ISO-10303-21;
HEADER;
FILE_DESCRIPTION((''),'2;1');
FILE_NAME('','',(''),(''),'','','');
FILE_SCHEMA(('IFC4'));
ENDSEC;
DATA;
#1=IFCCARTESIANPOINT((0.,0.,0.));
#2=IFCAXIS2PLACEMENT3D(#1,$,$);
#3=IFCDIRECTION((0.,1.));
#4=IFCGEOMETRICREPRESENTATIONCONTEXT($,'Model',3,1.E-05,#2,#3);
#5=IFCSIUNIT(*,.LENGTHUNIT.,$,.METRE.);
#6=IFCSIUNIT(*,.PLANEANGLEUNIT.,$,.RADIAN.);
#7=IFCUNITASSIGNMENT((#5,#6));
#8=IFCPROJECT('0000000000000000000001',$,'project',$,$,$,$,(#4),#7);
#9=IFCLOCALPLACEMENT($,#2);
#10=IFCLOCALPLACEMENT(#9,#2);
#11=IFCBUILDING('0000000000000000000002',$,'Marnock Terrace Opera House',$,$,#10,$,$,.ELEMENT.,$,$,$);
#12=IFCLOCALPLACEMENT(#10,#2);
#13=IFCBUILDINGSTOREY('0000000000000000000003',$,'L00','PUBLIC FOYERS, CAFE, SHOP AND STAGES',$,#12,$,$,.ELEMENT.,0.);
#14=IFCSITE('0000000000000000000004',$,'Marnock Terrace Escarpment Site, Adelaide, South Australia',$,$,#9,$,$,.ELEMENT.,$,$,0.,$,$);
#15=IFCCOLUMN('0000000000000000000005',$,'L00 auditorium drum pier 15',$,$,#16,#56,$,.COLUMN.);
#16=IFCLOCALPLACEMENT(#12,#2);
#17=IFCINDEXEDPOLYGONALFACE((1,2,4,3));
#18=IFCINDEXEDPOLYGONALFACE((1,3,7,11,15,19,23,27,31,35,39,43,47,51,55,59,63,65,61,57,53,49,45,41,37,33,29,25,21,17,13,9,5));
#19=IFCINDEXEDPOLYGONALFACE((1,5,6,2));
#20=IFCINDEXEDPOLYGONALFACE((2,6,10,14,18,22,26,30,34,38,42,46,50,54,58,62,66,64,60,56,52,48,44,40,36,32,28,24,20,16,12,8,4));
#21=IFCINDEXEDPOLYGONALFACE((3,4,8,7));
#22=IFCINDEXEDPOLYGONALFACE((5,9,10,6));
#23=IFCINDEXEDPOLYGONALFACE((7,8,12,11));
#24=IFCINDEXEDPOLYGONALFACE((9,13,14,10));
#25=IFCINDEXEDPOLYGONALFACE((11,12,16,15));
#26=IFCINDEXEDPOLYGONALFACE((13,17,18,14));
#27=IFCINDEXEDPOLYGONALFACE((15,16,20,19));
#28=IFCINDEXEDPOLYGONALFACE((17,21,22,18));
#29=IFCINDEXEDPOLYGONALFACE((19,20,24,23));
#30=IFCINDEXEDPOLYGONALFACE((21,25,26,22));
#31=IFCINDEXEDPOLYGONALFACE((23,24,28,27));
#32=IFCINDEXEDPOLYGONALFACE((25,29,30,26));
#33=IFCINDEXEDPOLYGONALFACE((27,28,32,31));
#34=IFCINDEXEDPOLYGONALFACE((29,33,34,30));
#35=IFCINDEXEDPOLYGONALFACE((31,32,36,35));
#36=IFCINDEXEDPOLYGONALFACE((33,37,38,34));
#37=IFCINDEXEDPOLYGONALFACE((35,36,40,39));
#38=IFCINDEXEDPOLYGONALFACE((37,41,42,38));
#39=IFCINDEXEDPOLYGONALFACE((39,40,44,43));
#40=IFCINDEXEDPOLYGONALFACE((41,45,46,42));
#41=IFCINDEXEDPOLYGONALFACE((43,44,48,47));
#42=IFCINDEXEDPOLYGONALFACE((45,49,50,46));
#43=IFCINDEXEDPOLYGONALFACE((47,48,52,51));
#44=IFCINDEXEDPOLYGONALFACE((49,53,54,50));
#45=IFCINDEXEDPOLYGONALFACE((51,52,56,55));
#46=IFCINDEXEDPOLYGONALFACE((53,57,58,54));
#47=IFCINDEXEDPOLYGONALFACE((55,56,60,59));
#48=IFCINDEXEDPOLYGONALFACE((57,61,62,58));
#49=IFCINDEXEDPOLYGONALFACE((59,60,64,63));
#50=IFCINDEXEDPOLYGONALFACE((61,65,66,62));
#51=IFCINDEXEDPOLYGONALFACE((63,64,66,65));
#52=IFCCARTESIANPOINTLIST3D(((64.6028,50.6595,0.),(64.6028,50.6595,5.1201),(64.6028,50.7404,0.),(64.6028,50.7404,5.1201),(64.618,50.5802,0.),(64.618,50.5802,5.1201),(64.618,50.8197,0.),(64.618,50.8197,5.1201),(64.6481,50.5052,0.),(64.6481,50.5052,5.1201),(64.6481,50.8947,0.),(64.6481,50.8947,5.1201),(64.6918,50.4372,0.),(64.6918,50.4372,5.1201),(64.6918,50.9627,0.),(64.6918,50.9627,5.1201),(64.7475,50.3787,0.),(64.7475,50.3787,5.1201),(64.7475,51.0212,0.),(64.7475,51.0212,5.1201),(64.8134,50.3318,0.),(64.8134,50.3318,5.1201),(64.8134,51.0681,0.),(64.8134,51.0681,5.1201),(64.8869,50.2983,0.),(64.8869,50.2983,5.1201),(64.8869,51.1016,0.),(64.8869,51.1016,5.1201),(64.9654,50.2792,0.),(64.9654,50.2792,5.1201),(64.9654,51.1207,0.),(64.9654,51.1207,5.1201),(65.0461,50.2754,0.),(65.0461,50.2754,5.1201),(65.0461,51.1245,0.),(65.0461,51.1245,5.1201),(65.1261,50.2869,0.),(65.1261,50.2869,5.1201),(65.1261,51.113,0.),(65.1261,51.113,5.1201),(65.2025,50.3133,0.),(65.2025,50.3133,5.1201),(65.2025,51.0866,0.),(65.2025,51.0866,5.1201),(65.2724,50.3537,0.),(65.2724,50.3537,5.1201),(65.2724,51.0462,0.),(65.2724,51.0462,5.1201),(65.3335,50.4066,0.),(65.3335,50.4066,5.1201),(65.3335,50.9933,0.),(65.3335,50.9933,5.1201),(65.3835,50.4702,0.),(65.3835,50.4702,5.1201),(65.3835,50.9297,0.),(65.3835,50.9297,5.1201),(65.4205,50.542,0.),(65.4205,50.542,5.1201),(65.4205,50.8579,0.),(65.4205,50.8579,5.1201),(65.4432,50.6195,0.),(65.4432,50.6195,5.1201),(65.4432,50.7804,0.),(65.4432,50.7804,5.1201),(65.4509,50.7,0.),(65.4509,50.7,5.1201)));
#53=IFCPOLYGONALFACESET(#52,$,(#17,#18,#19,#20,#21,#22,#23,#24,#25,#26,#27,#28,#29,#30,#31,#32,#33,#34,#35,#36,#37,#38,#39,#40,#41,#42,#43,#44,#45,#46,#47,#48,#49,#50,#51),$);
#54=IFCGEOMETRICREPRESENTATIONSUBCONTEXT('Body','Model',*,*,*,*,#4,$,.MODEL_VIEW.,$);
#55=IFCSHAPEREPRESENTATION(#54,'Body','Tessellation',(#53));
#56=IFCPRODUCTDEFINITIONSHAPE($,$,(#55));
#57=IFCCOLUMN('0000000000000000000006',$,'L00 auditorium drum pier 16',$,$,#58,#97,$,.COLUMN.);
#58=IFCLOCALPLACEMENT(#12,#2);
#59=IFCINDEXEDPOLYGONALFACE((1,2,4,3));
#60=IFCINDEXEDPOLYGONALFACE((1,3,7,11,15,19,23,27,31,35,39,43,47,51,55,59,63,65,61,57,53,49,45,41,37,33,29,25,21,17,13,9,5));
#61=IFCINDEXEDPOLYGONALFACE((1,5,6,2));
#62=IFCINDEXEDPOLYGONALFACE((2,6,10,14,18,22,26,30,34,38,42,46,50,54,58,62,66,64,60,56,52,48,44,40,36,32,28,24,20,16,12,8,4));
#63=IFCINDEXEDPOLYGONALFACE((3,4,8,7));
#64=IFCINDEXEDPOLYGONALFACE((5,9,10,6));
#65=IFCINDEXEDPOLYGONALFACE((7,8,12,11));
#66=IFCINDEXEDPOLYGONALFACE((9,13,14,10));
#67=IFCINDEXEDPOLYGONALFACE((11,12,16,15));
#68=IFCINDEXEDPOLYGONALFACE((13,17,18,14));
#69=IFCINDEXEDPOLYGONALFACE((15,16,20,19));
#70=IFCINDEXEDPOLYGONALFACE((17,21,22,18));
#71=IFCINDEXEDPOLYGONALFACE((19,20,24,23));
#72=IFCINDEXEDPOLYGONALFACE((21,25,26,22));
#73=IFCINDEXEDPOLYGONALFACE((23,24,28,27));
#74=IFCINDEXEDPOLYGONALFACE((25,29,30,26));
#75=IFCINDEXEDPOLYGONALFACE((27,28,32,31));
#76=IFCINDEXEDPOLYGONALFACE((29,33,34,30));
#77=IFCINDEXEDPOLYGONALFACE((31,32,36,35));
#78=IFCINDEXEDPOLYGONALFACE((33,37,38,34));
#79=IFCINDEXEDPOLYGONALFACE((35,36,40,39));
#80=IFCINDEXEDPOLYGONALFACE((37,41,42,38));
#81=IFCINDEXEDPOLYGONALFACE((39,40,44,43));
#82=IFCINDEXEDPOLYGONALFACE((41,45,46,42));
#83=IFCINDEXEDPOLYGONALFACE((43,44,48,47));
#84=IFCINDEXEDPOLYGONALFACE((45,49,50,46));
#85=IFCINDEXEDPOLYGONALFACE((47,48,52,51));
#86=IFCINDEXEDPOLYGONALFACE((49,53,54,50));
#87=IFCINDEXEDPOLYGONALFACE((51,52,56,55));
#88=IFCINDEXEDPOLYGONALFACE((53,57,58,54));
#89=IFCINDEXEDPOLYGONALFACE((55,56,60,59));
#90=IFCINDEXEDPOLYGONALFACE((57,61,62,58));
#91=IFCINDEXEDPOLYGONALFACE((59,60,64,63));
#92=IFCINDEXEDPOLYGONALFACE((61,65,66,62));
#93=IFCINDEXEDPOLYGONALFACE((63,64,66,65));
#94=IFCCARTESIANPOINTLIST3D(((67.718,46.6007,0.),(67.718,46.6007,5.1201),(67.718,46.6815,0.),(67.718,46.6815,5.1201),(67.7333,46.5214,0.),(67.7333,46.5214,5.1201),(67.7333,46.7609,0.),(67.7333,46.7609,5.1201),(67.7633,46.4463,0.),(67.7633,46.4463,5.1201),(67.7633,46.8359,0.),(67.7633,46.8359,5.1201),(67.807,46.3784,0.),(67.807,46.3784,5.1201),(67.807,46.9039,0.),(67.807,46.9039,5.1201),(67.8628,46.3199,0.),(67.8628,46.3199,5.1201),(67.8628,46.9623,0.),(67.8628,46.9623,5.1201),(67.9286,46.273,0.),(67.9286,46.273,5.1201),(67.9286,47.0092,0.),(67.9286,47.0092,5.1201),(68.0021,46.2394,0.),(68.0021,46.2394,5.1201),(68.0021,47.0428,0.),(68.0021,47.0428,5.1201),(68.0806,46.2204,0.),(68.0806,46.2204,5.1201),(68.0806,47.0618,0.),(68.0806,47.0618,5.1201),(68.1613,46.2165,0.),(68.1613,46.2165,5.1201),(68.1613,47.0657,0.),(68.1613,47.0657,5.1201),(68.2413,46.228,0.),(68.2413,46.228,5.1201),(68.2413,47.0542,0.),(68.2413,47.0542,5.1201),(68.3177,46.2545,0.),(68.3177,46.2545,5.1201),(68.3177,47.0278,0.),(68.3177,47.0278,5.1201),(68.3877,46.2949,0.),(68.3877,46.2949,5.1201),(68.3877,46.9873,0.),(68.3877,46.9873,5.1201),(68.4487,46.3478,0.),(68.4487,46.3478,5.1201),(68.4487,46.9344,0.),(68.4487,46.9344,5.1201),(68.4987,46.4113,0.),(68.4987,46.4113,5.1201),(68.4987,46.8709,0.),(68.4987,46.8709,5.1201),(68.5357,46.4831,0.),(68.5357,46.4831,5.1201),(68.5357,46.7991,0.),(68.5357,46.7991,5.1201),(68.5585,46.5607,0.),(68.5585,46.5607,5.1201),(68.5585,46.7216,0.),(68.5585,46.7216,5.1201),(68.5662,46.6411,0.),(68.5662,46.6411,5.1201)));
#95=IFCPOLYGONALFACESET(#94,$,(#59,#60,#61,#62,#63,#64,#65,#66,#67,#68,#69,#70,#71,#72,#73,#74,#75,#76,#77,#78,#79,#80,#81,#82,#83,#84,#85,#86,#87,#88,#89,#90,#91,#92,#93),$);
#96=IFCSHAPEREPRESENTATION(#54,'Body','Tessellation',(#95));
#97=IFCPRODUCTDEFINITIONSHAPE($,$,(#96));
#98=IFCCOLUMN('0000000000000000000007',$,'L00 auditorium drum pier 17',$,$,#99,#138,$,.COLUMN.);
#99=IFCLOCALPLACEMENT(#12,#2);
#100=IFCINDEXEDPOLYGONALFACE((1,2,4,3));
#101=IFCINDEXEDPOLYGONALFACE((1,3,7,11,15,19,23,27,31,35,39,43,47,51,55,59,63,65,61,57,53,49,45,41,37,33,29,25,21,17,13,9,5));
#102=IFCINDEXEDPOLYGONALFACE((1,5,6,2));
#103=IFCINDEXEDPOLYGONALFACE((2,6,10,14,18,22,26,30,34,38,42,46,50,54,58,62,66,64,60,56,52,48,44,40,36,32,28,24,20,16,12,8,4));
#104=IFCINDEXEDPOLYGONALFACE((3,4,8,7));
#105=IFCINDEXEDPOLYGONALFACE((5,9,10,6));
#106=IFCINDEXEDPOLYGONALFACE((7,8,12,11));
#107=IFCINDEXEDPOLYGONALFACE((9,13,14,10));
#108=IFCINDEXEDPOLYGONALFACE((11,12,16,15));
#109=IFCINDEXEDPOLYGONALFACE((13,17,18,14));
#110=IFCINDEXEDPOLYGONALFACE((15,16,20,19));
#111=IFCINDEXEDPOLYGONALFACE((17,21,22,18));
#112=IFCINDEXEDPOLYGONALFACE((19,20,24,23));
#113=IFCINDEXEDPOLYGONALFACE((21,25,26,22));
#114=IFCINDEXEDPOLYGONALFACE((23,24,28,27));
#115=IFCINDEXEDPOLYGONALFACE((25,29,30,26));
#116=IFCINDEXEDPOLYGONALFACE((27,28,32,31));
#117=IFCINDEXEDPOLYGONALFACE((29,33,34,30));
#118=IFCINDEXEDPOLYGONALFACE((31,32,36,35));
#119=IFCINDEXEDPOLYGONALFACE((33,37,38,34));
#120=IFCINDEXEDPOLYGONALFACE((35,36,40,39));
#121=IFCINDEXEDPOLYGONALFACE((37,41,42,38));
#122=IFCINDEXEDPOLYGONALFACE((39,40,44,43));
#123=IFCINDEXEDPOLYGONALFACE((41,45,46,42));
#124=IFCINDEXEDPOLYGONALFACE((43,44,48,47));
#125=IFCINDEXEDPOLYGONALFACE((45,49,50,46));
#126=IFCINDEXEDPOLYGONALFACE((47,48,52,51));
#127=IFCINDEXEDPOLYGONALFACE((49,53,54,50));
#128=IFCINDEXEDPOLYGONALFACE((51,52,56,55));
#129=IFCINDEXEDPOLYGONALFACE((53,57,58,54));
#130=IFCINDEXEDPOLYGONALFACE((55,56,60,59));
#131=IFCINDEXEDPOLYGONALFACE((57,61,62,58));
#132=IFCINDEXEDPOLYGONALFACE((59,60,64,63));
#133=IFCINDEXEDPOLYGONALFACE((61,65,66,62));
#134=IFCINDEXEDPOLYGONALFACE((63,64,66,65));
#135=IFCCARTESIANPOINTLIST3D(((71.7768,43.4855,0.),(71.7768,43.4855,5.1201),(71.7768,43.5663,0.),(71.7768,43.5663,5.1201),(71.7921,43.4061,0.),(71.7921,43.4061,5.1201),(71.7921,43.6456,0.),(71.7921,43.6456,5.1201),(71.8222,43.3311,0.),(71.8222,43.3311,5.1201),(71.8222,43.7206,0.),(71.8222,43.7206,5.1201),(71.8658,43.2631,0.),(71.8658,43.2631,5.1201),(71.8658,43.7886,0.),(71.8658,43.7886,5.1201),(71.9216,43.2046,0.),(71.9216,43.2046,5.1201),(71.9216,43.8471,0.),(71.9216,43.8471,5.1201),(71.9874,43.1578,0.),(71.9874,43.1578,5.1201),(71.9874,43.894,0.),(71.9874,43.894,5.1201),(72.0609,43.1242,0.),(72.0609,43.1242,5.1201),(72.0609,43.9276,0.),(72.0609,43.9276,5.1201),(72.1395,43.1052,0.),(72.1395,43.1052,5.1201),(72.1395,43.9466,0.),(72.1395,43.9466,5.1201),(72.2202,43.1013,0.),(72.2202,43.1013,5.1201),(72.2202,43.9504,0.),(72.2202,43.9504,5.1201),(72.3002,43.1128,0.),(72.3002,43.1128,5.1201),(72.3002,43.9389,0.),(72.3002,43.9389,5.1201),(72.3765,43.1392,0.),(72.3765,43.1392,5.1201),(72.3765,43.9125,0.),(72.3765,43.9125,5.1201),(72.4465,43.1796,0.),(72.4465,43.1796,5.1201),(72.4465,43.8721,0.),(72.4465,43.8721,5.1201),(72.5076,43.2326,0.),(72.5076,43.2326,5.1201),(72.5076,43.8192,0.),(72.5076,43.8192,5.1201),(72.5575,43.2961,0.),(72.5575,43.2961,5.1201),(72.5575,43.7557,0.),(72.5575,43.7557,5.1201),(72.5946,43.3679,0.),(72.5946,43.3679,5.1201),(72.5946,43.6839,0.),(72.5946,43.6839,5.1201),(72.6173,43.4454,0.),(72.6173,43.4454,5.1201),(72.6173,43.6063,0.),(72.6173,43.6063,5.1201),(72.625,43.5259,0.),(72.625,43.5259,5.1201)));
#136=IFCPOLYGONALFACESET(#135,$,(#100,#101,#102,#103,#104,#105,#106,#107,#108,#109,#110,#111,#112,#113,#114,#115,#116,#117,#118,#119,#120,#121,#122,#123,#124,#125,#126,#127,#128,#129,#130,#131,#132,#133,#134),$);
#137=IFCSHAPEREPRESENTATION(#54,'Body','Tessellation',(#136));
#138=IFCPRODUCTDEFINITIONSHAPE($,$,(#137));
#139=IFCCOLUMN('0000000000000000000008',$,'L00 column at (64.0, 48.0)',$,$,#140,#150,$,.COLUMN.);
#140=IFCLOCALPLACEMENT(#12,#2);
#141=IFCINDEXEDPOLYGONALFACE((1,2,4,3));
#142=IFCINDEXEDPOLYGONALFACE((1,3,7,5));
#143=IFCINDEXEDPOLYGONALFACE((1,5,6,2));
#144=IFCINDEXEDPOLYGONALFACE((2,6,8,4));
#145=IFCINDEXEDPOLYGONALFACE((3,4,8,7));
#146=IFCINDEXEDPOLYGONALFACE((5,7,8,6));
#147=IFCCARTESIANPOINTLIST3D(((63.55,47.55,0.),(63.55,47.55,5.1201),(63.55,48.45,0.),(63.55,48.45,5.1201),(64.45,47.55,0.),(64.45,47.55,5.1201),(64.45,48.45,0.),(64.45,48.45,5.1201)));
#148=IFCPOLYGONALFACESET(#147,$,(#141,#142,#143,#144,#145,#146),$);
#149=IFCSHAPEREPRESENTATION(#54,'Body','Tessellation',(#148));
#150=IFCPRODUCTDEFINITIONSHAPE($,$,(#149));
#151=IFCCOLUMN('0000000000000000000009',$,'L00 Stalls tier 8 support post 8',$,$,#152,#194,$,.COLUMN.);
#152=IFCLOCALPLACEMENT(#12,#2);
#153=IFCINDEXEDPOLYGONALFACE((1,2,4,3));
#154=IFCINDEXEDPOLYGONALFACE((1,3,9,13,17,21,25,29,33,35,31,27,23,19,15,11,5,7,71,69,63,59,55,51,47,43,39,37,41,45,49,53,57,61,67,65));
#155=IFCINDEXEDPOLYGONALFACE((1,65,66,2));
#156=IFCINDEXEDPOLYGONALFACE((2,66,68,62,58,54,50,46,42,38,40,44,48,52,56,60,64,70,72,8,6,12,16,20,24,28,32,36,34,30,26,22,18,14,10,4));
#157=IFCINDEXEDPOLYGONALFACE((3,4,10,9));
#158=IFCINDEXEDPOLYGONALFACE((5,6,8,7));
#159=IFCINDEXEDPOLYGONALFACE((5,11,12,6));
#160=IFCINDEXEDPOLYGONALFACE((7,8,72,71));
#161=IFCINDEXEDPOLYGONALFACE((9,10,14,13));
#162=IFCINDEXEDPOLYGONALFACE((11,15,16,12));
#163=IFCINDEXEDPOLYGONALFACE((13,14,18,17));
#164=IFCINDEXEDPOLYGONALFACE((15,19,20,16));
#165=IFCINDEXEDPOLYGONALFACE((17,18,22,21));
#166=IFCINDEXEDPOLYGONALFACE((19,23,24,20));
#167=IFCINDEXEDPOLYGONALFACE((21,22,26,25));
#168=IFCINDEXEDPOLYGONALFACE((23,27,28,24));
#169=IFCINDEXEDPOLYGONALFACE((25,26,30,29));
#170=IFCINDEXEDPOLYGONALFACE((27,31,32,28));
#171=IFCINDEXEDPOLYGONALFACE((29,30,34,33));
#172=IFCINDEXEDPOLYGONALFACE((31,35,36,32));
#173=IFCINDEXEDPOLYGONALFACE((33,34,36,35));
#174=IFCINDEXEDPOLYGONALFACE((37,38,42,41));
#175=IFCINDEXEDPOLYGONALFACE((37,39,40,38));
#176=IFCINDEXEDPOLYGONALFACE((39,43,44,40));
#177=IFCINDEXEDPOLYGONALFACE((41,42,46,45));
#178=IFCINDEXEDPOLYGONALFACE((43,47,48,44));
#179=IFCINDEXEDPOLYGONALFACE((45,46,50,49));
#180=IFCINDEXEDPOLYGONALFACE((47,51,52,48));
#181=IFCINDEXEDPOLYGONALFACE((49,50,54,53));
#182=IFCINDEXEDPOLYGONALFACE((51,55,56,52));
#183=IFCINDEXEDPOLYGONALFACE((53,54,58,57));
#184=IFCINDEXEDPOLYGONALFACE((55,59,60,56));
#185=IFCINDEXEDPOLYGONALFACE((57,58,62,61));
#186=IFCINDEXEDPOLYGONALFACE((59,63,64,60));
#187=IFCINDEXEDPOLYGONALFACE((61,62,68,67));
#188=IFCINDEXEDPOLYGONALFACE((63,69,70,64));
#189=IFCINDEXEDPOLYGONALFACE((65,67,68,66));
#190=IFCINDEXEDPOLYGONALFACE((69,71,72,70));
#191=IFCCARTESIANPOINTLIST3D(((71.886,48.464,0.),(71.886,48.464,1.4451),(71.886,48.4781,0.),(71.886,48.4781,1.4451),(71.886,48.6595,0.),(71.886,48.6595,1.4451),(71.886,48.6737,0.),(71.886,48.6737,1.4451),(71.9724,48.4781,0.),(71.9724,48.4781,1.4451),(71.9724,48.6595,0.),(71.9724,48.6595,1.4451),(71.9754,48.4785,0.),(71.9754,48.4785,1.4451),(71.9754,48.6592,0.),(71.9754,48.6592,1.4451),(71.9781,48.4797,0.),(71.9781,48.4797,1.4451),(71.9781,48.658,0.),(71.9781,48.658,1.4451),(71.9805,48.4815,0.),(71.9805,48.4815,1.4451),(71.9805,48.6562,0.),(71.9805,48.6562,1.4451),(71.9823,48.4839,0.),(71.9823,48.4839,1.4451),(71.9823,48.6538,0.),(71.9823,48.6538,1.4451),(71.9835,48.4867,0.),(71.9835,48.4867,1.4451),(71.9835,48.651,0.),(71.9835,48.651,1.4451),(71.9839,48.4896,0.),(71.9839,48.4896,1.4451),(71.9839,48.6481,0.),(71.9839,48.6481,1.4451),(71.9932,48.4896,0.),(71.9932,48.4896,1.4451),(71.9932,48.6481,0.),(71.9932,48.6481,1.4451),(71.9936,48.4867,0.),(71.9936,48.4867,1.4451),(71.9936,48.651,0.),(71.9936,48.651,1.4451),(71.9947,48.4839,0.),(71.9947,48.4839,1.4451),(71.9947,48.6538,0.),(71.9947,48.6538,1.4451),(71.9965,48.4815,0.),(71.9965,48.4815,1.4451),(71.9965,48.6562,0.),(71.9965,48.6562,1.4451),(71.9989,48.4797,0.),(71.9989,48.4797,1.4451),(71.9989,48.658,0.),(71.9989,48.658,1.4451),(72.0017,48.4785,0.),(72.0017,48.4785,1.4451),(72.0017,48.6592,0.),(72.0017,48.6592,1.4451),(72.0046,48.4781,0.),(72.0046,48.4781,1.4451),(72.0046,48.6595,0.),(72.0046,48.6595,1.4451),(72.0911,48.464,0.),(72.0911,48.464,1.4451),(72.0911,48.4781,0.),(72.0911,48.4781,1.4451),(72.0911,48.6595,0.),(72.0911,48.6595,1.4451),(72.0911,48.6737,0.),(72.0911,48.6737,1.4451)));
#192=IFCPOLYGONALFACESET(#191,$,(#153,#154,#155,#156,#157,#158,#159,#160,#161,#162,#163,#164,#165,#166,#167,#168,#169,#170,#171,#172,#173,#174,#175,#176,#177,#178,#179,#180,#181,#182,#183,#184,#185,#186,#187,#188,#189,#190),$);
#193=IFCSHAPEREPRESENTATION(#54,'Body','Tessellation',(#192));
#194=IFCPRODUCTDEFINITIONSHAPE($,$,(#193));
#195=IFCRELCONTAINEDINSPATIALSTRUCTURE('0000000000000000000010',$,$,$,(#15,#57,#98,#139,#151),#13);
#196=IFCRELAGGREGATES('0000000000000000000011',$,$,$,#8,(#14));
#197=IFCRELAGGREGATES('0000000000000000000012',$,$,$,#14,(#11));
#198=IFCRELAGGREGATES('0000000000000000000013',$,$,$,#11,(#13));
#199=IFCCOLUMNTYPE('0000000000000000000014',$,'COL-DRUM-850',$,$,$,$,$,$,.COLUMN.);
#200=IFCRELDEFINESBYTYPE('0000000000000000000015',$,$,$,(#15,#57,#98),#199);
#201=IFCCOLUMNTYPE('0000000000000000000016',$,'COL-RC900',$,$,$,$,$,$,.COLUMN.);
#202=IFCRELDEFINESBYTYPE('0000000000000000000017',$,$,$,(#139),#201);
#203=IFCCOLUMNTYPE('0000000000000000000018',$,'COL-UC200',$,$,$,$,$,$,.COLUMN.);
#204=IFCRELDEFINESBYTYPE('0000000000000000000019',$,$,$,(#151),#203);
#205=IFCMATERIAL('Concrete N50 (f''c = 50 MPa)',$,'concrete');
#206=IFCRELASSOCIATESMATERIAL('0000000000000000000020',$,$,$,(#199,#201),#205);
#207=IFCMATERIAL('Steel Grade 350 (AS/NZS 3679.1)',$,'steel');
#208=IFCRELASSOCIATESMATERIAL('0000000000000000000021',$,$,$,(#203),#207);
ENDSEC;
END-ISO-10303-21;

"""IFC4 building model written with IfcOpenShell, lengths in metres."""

from ifc_helpers import new_model, si_unit, direction, frame, origin, origin_2d, place, context, subcontext, project, spatial, rectangle, circle, i_section, extrude, material, material_profile, profile_set, type_object, element, save


model = new_model("IFC4")

# Units and contexts
model_context = context("Model", 3, precision=1e-05, world=origin(), true_north=direction((0.0, 1.0)))
body_context = subcontext(model_context, "Body", "Model", "MODEL_VIEW")
ifc_project = project(units=[si_unit("LENGTHUNIT", "METRE"), si_unit("PLANEANGLEUNIT", "RADIAN")], contexts=[model_context])

# Site, building, storey
site_placement = place(None, origin())
site = spatial("IfcSite", under=ifc_project, at=site_placement, Name="Marnock Terrace Escarpment Site, Adelaide, South Australia", CompositionType="ELEMENT", RefElevation=0.0)
building_placement = place(site_placement, origin())
building = spatial("IfcBuilding", under=site, at=building_placement, Name="Marnock Terrace Opera House", CompositionType="ELEMENT")
storey_placement = place(building_placement, origin())
storey = spatial("IfcBuildingStorey", under=building, at=storey_placement, Name="L00", Description="PUBLIC FOYERS, CAFE, SHOP AND STAGES", CompositionType="ELEMENT", Elevation=0.0)

# Columns
ifc_material_1 = material(Name="Concrete N50 (f'c = 50 MPa)", Category="concrete")
ifc_material_profile_1 = material_profile(ifc_material_1, circle(Radius=0.425, at=origin_2d()))
ifc_profile_set_1 = profile_set([ifc_material_profile_1], Name="Concrete N50 (f'c = 50 MPa)")
column_type_1 = type_object("IfcColumnType", Name="COL-DRUM-850", PredefinedType="COLUMN", material=ifc_profile_set_1)
for number, where, z_axis, x_axis, name in (
    (1, (65.0259, 50.7, 0.0), (0.0, 0.0, 1.0), (1.0, 0.0, 0.0), "L00 auditorium drum pier 15"),
    (2, (68.1411, 46.6411, 0.0), (0.0, 0.0, 1.0), (1.0, 0.0, 0.0), "L00 auditorium drum pier 16"),
    (3, (72.2, 43.5259, 0.0), (0.0, 0.0, 1.0), (1.0, 0.0, 0.0), "L00 auditorium drum pier 17"),
):
    element("IfcColumn", number, at=place(storey_placement, frame(where, z_axis=z_axis, x_axis=x_axis)), inside=storey, type_object=column_type_1, Name=name, PredefinedType="COLUMN", context=body_context, shape_type="SweptSolid", body=[
        extrude(circle(Radius=0.425, at=origin_2d()), origin(), (0.0, 0.0, 1.0), 5.1201),
    ])
ifc_material_profile_2 = material_profile(ifc_material_1, rectangle(XDim=0.8999, YDim=0.8999, at=origin_2d()))
ifc_profile_set_2 = profile_set([ifc_material_profile_2], Name="Concrete N50 (f'c = 50 MPa)")
column_type_2 = type_object("IfcColumnType", Name="COL-RC900", PredefinedType="COLUMN", material=ifc_profile_set_2)
column_1_placement = place(storey_placement, frame((64.0, 48.0, 0.0), z_axis=(0.0, 0.0, 1.0), x_axis=(1.0, 0.0, 0.0)))
element("IfcColumn", 4, at=column_1_placement, inside=storey, type_object=column_type_2, Name="L00 column at (64.0, 48.0)", PredefinedType="COLUMN", context=body_context, shape_type="SweptSolid", body=[
    extrude(rectangle(XDim=0.8999, YDim=0.8999, at=origin_2d()), origin(), (0.0, 0.0, 1.0), 5.1201),
])
ifc_material_2 = material(Name="Steel Grade 350 (AS/NZS 3679.1)", Category="steel")
ifc_material_profile_3 = material_profile(ifc_material_2, i_section(OverallWidth=0.2051, OverallDepth=0.2097, WebThickness=0.0093, FlangeThickness=0.0142, FilletRadius=0.0115, at=origin_2d()))
ifc_profile_set_3 = profile_set([ifc_material_profile_3], Name="Steel Grade 350 (AS/NZS 3679.1)")
column_type_3 = type_object("IfcColumnType", Name="COL-UC200", PredefinedType="COLUMN", material=ifc_profile_set_3)
column_2_placement = place(storey_placement, frame((71.9885, 48.5688, 0.0), z_axis=(0.0, 0.0, 1.0), x_axis=(1.0, 0.0, 0.0)))
element("IfcColumn", 5, at=column_2_placement, inside=storey, type_object=column_type_3, Name="L00 Stalls tier 8 support post 8", PredefinedType="COLUMN", context=body_context, shape_type="SweptSolid", body=[
    extrude(i_section(OverallWidth=0.2051, OverallDepth=0.2097, WebThickness=0.0093, FlangeThickness=0.0142, FilletRadius=0.0115, at=origin_2d()), origin(), (0.0, 0.0, 1.0), 1.4451),
])

save(model, "model.ifc")
